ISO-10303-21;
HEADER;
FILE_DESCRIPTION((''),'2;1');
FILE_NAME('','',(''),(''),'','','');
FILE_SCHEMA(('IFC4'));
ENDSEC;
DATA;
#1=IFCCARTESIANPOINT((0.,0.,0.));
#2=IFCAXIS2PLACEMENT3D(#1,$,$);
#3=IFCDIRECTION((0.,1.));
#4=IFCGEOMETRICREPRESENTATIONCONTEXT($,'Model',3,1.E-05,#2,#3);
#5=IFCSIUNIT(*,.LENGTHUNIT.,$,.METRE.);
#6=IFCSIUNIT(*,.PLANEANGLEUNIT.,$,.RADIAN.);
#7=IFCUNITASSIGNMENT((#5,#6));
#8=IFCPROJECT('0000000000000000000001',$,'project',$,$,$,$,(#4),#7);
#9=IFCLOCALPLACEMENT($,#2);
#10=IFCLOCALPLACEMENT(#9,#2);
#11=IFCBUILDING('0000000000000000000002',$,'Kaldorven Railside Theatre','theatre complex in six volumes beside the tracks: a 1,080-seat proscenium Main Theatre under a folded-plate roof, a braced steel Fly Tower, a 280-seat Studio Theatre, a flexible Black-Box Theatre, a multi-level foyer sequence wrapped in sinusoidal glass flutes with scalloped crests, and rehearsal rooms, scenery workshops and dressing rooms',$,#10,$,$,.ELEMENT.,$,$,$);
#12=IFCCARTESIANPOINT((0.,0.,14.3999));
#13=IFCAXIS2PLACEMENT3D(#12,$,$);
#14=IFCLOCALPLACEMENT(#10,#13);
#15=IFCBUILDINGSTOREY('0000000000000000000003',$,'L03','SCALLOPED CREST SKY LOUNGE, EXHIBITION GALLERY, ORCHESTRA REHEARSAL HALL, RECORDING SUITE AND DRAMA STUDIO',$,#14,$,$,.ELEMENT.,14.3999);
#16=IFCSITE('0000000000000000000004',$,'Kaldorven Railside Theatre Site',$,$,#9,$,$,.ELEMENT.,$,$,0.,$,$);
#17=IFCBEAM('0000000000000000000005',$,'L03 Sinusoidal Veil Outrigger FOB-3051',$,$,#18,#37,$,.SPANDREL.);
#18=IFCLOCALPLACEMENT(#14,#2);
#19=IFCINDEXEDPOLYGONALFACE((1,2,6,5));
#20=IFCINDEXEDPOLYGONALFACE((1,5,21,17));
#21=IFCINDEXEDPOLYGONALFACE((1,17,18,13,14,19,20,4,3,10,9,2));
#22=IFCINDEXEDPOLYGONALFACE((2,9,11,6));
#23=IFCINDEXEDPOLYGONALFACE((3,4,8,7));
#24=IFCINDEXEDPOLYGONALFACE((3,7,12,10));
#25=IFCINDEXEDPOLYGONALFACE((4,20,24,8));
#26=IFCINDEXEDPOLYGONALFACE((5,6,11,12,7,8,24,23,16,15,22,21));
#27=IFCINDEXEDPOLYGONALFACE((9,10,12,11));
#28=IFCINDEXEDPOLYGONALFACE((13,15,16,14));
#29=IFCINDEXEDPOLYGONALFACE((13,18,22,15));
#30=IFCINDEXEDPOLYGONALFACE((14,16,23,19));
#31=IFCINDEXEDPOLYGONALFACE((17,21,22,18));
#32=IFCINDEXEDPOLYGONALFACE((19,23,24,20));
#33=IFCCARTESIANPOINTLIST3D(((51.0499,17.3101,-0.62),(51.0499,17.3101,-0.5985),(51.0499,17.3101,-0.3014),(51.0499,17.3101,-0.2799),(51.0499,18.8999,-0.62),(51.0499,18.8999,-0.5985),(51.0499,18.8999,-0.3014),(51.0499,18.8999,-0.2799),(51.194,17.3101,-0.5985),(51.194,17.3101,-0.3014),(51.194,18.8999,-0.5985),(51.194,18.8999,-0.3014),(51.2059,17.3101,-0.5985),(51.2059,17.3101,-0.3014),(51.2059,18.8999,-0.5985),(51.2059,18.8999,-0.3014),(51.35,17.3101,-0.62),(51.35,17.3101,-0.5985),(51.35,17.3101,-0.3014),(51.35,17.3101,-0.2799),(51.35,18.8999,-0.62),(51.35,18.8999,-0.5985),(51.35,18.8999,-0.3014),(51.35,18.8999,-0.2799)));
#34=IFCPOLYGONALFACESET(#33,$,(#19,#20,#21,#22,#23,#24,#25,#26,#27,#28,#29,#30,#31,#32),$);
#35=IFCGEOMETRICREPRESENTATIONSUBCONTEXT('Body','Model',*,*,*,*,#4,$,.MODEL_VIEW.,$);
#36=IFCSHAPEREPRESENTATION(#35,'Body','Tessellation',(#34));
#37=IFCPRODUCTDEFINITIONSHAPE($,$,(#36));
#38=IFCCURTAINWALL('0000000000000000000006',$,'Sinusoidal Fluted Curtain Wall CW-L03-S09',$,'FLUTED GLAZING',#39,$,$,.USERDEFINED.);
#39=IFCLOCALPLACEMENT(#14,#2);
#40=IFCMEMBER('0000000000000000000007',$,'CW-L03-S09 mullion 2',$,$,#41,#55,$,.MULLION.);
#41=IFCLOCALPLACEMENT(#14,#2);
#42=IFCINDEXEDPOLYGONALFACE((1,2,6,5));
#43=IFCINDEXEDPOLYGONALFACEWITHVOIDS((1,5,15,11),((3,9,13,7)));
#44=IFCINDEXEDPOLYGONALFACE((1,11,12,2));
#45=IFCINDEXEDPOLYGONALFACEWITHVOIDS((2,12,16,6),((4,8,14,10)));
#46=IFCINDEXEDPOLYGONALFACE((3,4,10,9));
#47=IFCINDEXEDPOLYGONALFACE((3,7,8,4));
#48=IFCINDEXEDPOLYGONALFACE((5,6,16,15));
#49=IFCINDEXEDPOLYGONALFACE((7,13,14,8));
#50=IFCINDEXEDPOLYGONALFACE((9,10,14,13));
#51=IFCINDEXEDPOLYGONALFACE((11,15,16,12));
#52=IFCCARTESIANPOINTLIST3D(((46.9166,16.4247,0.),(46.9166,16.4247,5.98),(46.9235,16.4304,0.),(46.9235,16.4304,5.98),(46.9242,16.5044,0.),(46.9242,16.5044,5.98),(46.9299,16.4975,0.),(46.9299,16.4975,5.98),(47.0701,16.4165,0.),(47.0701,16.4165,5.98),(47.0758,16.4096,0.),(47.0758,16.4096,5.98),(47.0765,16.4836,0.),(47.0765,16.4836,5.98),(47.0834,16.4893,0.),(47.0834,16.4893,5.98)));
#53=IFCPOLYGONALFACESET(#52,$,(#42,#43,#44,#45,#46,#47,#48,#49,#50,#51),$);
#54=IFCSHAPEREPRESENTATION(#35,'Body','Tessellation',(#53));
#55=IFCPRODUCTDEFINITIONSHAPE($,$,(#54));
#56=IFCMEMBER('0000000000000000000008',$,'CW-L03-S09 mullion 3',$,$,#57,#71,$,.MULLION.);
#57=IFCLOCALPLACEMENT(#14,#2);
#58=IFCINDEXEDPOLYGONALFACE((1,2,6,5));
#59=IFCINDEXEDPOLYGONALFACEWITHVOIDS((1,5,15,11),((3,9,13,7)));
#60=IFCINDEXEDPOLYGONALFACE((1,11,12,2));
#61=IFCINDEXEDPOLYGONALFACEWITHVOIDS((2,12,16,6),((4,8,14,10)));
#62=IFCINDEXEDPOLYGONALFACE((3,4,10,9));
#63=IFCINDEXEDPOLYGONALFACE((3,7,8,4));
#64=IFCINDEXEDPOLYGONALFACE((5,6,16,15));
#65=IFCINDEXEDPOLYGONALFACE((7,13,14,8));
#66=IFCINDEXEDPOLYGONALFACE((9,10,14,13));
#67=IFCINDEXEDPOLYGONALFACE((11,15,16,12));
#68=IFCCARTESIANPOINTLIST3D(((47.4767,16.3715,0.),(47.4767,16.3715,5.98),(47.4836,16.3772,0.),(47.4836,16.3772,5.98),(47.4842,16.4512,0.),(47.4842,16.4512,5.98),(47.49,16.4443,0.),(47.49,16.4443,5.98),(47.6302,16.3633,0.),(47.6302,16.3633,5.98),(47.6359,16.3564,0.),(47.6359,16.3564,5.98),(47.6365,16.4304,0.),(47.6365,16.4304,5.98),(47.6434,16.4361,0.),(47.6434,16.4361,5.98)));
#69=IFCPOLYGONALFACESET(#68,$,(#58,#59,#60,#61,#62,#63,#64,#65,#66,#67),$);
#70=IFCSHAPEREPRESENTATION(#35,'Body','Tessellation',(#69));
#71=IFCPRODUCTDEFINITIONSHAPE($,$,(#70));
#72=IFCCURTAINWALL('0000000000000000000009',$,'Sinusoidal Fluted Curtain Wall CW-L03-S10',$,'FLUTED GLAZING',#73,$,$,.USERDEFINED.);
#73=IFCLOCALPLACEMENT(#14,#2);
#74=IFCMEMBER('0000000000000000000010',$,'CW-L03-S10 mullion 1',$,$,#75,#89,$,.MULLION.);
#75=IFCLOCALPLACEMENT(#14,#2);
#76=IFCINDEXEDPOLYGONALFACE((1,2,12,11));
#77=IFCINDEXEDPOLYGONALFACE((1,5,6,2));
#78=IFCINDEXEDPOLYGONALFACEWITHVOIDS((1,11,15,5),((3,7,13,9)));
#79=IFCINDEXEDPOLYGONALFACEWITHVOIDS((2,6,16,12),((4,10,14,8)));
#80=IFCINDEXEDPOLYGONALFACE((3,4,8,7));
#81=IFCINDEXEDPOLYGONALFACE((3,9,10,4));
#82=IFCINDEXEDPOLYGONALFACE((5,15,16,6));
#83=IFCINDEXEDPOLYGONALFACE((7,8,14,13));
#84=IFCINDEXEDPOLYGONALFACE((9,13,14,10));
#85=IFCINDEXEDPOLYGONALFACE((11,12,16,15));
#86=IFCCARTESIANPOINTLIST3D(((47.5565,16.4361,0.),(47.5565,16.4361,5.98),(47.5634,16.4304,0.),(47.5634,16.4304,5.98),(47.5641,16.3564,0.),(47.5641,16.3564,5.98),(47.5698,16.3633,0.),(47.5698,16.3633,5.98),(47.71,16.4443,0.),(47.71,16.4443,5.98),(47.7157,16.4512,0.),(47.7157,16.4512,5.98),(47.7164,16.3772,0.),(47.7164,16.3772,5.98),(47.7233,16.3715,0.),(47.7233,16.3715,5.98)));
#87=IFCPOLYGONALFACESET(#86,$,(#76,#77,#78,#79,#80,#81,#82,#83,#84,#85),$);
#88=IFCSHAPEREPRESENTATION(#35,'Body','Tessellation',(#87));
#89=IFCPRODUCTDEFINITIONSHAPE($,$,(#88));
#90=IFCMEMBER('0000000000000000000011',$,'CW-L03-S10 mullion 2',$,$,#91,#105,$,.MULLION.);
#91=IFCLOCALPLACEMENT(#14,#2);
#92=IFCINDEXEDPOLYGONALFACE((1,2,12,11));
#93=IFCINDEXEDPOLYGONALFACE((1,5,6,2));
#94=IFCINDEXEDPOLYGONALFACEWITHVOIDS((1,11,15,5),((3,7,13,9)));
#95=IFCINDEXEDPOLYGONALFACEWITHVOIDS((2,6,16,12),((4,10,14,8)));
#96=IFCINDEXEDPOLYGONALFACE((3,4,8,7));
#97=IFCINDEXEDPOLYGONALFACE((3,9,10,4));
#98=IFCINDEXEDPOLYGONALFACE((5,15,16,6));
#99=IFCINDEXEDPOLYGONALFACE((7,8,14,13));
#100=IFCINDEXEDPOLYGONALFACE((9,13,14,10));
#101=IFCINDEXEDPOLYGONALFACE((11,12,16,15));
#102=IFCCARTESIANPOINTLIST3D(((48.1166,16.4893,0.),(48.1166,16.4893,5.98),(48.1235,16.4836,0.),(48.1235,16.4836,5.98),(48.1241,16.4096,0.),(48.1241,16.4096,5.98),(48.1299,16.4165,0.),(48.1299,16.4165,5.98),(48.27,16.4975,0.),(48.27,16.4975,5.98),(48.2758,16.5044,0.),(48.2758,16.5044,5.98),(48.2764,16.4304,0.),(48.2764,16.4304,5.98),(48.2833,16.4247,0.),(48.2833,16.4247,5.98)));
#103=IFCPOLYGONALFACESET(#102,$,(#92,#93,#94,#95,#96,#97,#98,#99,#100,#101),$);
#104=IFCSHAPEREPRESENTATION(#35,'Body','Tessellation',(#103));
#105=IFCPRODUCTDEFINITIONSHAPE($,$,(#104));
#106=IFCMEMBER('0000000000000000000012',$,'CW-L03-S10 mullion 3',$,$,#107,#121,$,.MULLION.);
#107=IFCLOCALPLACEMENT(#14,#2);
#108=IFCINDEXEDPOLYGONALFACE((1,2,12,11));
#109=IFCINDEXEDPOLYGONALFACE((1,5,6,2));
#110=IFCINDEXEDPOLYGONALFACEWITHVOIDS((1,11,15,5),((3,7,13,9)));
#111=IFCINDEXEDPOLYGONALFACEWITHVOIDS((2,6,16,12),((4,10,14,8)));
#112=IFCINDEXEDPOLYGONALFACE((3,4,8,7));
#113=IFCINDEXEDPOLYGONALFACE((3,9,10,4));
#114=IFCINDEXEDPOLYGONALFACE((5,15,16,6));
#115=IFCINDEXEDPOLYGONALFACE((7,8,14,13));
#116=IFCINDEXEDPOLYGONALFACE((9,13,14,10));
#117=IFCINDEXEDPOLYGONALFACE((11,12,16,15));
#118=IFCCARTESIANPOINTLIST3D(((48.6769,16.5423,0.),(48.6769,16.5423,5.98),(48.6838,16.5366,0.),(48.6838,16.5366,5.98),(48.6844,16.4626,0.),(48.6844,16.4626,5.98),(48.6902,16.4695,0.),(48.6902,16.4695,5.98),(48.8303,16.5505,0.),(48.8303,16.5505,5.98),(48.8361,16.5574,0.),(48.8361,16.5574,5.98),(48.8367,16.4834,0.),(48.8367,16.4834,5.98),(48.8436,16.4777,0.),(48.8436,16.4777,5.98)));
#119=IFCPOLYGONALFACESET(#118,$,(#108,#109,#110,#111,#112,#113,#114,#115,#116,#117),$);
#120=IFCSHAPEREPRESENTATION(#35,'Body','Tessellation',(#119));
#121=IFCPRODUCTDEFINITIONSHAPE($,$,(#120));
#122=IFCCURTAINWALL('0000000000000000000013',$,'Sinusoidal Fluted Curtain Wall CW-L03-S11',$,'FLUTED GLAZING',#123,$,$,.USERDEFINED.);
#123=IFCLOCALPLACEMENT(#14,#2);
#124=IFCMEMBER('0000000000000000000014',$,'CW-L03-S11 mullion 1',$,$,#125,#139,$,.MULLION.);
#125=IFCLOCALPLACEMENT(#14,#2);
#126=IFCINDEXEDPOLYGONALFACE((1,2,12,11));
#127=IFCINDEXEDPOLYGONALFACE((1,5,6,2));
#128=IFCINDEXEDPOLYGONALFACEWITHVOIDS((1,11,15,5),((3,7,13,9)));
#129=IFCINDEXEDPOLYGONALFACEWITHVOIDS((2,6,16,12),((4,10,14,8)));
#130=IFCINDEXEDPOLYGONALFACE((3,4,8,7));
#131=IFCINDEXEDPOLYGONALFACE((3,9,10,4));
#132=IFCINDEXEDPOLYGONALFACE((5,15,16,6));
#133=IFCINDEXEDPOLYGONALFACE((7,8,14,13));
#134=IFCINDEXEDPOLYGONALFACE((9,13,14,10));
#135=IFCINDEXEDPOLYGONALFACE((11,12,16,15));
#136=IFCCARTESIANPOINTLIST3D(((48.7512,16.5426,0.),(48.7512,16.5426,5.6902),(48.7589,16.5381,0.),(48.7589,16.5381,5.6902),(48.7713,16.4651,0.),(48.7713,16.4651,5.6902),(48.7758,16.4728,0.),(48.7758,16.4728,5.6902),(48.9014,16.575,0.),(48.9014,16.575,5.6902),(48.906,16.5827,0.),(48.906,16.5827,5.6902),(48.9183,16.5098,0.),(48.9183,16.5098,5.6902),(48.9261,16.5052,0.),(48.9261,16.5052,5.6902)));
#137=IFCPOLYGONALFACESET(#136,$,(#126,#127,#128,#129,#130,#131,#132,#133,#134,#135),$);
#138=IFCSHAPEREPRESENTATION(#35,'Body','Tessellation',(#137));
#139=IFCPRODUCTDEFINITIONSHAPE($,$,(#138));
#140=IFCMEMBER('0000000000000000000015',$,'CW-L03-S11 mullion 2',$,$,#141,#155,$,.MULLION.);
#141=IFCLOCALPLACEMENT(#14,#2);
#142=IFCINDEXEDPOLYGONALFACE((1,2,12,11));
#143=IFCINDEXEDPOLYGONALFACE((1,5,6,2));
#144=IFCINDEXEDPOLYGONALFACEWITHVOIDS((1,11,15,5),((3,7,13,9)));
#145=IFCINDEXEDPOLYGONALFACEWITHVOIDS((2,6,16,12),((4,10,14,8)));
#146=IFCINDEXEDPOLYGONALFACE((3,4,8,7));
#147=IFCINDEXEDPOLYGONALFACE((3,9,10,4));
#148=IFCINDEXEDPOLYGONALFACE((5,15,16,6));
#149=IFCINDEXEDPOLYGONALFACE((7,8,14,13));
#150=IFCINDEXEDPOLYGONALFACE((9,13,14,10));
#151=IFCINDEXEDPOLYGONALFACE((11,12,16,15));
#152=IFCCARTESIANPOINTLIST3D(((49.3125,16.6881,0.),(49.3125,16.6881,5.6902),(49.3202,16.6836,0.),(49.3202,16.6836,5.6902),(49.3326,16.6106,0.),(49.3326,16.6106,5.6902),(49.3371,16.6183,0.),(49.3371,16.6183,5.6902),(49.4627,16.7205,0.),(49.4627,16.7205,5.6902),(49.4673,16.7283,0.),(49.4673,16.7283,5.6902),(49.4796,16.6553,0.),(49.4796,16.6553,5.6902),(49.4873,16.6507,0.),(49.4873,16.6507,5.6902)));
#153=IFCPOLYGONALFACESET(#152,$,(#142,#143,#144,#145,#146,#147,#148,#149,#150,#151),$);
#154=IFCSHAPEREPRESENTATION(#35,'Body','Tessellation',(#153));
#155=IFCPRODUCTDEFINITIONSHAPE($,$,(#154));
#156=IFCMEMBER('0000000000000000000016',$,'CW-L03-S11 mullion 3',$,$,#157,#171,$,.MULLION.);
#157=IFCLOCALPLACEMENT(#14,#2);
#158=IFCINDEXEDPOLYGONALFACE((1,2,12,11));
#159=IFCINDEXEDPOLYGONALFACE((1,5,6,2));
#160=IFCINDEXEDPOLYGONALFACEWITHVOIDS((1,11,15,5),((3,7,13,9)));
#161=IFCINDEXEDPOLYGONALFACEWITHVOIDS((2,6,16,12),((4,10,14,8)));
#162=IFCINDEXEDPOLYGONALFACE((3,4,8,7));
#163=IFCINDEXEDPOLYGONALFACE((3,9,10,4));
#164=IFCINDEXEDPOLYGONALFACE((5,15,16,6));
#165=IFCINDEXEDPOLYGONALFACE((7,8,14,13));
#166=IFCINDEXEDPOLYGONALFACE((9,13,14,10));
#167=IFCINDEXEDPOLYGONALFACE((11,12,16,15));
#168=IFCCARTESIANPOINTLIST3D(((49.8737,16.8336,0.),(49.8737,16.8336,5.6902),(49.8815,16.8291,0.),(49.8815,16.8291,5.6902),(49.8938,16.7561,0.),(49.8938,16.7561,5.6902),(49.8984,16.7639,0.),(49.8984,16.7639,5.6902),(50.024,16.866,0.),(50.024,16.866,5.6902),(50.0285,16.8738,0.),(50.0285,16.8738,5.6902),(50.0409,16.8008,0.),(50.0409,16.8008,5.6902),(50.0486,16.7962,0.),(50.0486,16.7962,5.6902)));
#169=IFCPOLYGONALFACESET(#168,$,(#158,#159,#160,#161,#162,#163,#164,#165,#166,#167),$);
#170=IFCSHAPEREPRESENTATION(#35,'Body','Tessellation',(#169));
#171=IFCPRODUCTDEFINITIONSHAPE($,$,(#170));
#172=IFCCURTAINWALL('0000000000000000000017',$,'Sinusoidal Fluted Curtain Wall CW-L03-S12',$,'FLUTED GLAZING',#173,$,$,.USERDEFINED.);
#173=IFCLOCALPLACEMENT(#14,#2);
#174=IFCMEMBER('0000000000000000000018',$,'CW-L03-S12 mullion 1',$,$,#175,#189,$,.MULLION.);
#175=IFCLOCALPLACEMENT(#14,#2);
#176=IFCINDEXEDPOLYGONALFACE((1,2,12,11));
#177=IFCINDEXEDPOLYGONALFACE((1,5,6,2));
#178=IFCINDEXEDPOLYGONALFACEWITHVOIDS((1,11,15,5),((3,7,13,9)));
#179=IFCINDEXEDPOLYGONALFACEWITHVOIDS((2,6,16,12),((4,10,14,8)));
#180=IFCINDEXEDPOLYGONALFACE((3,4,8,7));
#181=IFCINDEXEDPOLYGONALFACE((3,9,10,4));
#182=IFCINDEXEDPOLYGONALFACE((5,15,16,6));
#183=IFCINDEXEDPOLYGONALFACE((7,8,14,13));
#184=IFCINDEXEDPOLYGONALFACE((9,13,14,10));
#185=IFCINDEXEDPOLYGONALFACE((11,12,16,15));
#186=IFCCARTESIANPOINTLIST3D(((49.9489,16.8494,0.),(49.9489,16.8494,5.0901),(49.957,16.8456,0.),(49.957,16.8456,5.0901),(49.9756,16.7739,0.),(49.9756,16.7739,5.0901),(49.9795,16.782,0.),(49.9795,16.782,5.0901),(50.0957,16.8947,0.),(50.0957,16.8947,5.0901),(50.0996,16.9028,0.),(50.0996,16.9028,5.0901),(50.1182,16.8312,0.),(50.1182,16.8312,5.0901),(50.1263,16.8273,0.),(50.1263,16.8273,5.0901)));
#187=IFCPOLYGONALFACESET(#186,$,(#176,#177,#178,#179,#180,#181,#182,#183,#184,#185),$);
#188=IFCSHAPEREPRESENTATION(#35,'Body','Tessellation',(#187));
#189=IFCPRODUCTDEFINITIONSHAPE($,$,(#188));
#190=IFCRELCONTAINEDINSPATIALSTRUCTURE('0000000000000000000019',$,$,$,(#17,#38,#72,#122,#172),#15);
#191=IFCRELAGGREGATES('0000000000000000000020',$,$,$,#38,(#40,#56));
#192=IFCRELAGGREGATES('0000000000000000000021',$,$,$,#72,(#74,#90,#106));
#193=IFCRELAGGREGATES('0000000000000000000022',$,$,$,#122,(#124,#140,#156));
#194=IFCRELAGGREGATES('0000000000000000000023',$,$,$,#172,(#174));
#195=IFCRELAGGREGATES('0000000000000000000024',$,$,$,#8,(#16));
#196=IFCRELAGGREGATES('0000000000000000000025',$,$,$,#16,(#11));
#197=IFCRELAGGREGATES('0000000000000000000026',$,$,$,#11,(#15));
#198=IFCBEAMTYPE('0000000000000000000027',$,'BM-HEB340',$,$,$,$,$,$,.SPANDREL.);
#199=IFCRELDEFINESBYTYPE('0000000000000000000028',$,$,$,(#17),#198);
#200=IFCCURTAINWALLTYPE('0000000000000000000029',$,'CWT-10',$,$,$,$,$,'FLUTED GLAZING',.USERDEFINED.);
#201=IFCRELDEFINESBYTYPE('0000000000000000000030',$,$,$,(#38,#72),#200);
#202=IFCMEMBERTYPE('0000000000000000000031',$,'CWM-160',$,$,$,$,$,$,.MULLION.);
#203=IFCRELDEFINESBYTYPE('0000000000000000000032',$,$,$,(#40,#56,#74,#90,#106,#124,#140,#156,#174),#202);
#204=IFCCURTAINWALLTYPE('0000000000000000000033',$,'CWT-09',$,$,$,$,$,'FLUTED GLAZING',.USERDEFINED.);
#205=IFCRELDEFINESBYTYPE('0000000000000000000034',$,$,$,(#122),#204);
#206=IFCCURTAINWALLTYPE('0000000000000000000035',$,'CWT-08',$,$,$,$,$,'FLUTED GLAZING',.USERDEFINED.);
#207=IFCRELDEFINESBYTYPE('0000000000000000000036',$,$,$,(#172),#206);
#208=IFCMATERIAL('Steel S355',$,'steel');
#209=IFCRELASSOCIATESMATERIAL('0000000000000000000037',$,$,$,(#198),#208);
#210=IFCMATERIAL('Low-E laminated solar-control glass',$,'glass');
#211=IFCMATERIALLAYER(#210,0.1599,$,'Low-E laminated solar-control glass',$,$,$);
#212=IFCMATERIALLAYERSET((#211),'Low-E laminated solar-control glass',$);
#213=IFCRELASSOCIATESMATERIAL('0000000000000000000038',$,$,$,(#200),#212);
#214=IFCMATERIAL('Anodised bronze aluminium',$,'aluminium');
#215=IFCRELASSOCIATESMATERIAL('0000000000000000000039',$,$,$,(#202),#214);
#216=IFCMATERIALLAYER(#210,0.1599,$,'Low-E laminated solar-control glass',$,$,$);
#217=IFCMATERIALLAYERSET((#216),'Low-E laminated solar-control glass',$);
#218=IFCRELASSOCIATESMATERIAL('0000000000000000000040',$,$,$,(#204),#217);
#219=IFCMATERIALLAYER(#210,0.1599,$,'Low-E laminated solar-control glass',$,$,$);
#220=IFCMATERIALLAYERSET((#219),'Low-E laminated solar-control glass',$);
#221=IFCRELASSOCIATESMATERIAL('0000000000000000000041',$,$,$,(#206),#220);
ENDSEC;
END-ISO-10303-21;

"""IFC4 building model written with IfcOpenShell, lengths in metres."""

from ifc_helpers import new_model, si_unit, direction, frame, origin, origin_2d, place, context, subcontext, project, spatial, hollow_rectangle, i_section, extrude, material, layer, layer_set, material_profile, profile_set, type_object, element, aggregate, save


model = new_model("IFC4")

# Units and contexts
model_context = context("Model", 3, precision=1e-05, world=origin(), true_north=direction((0.0, 1.0)))
body_context = subcontext(model_context, "Body", "Model", "MODEL_VIEW")
ifc_project = project(units=[si_unit("LENGTHUNIT", "METRE"), si_unit("PLANEANGLEUNIT", "RADIAN")], contexts=[model_context])

# Site, building, storey
site_placement = place(None, origin())
site = spatial("IfcSite", under=ifc_project, at=site_placement, Name="Kaldorven Railside Theatre Site", CompositionType="ELEMENT", RefElevation=0.0)
building_placement = place(site_placement, origin())
building = spatial("IfcBuilding", under=site, at=building_placement, Name="Kaldorven Railside Theatre", Description="theatre complex in six volumes beside the tracks: a 1,080-seat proscenium Main Theatre under a folded-plate roof, a braced steel Fly Tower, a 280-seat Studio Theatre, a flexible Black-Box Theatre, a multi-level foyer sequence wrapped in sinusoidal glass flutes with scalloped crests, and rehearsal rooms, scenery workshops and dressing rooms", CompositionType="ELEMENT")
storey_placement = place(building_placement, frame((0.0, 0.0, 14.3999)))
storey = spatial("IfcBuildingStorey", under=building, at=storey_placement, Name="L03", Description="SCALLOPED CREST SKY LOUNGE, EXHIBITION GALLERY, ORCHESTRA REHEARSAL HALL, RECORDING SUITE AND DRAMA STUDIO", CompositionType="ELEMENT", Elevation=14.3999)

# Beam
ifc_material_1 = material(Name="Steel S355", Category="steel")
ifc_material_profile_1 = material_profile(ifc_material_1, i_section(OverallWidth=0.3, OverallDepth=0.3401, WebThickness=0.012, FlangeThickness=0.0215, at=origin_2d()), Name="HEB 340")
ifc_profile_set_1 = profile_set([ifc_material_profile_1], Name="Steel S355")
beam_type_1 = type_object("IfcBeamType", Name="BM-HEB340", PredefinedType="SPANDREL", material=ifc_profile_set_1)
beam_1_placement = place(storey_placement, frame((51.2, 17.3101, -0.45), z_axis=(0.0, 1.0, 0.0), x_axis=(-1.0, 0.0, 0.0)))
element("IfcBeam", 1, at=beam_1_placement, inside=storey, type_object=beam_type_1, Name="L03 Sinusoidal Veil Outrigger FOB-3051", PredefinedType="SPANDREL", context=body_context, shape_type="SweptSolid", body=[
    extrude(i_section(OverallWidth=0.3, OverallDepth=0.3401, WebThickness=0.012, FlangeThickness=0.0215, at=origin_2d()), origin(), (0.0, 0.0, 1.0), 1.5898),
])

# Curtain walls, members
ifc_material_2 = material(Name="Low-E laminated solar-control glass", Category="glass")
ifc_layer_1 = layer(ifc_material_2, 0.1599, Name="Low-E laminated solar-control glass")
ifc_layer_set_1 = layer_set([ifc_layer_1], Name="Low-E laminated solar-control glass")
curtain_wall_type_1 = type_object("IfcCurtainWallType", Name="CWT-10", ElementType="FLUTED GLAZING", PredefinedType="USERDEFINED", material=ifc_layer_set_1)
curtain_wall_1_placement = place(storey_placement, origin())
curtain_wall_1 = element("IfcCurtainWall", 2, at=curtain_wall_1_placement, inside=storey, type_object=curtain_wall_type_1, Name="Sinusoidal Fluted Curtain Wall CW-L03-S09", ObjectType="FLUTED GLAZING", PredefinedType="USERDEFINED")
ifc_material_3 = material(Name="Anodised bronze aluminium", Category="aluminium")
ifc_material_profile_2 = material_profile(ifc_material_3, hollow_rectangle(XDim=0.0801, YDim=0.1599, WallThickness=0.0063, at=origin_2d()), Name="RHS 160x80x6.3")
ifc_profile_set_2 = profile_set([ifc_material_profile_2], Name="Anodised bronze aluminium")
member_type_1 = type_object("IfcMemberType", Name="CWM-160", PredefinedType="MULLION", material=ifc_profile_set_2)
member_1_placement = place(storey_placement, frame((47.0, 16.457, 0.0), z_axis=(0.0, 0.0, 1.0), x_axis=(0.094492, 0.995526, 0.0)))
member_1 = element("IfcMember", 3, at=member_1_placement, type_object=member_type_1, Name="CW-L03-S09 mullion 2", PredefinedType="MULLION", context=body_context, shape_type="SweptSolid", body=[
    extrude(hollow_rectangle(XDim=0.0801, YDim=0.1599, WallThickness=0.0063, at=origin_2d()), origin(), (0.0, 0.0, 1.0), 5.98),
])
member_2_placement = place(storey_placement, frame((47.5601, 16.4038, 0.0), z_axis=(0.0, 0.0, 1.0), x_axis=(0.094492, 0.995526, 0.0)))
member_2 = element("IfcMember", 4, at=member_2_placement, type_object=member_type_1, Name="CW-L03-S09 mullion 3", PredefinedType="MULLION", context=body_context, shape_type="SweptSolid", body=[
    extrude(hollow_rectangle(XDim=0.0801, YDim=0.1599, WallThickness=0.0063, at=origin_2d()), origin(), (0.0, 0.0, 1.0), 5.98),
])
curtain_wall_2_placement = place(storey_placement, origin())
curtain_wall_2 = element("IfcCurtainWall", 5, at=curtain_wall_2_placement, inside=storey, type_object=curtain_wall_type_1, Name="Sinusoidal Fluted Curtain Wall CW-L03-S10", ObjectType="FLUTED GLAZING", PredefinedType="USERDEFINED")
member_3_placement = place(storey_placement, frame((47.6399, 16.4038, 0.0), z_axis=(0.0, 0.0, 1.0), x_axis=(-0.094492, 0.995526, 0.0)))
member_3 = element("IfcMember", 6, at=member_3_placement, type_object=member_type_1, Name="CW-L03-S10 mullion 1", PredefinedType="MULLION", context=body_context, shape_type="SweptSolid", body=[
    extrude(hollow_rectangle(XDim=0.0801, YDim=0.1599, WallThickness=0.0063, at=origin_2d()), origin(), (0.0, 0.0, 1.0), 5.98),
])
member_4_placement = place(storey_placement, frame((48.2, 16.457, 0.0), z_axis=(0.0, 0.0, 1.0), x_axis=(-0.094492, 0.995526, 0.0)))
member_4 = element("IfcMember", 7, at=member_4_placement, type_object=member_type_1, Name="CW-L03-S10 mullion 2", PredefinedType="MULLION", context=body_context, shape_type="SweptSolid", body=[
    extrude(hollow_rectangle(XDim=0.0801, YDim=0.1599, WallThickness=0.0063, at=origin_2d()), origin(), (0.0, 0.0, 1.0), 5.98),
])
member_5_placement = place(storey_placement, frame((48.7603, 16.51, 0.0), z_axis=(0.0, 0.0, 1.0), x_axis=(-0.094492, 0.995526, 0.0)))
member_5 = element("IfcMember", 8, at=member_5_placement, type_object=member_type_1, Name="CW-L03-S10 mullion 3", PredefinedType="MULLION", context=body_context, shape_type="SweptSolid", body=[
    extrude(hollow_rectangle(XDim=0.0801, YDim=0.1599, WallThickness=0.0063, at=origin_2d()), origin(), (0.0, 0.0, 1.0), 5.98),
])
ifc_layer_2 = layer(ifc_material_2, 0.1599, Name="Low-E laminated solar-control glass")
ifc_layer_set_2 = layer_set([ifc_layer_2], Name="Low-E laminated solar-control glass")
curtain_wall_type_2 = type_object("IfcCurtainWallType", Name="CWT-09", ElementType="FLUTED GLAZING", PredefinedType="USERDEFINED", material=ifc_layer_set_2)
curtain_wall_3_placement = place(storey_placement, origin())
curtain_wall_3 = element("IfcCurtainWall", 9, at=curtain_wall_3_placement, inside=storey, type_object=curtain_wall_type_2, Name="Sinusoidal Fluted Curtain Wall CW-L03-S11", ObjectType="FLUTED GLAZING", PredefinedType="USERDEFINED")
member_6_placement = place(storey_placement, frame((48.8386, 16.5239, 0.0), z_axis=(0.0, 0.0, 1.0), x_axis=(-0.250954, 0.967999, 0.0)))
member_6 = element("IfcMember", 10, at=member_6_placement, type_object=member_type_1, Name="CW-L03-S11 mullion 1", PredefinedType="MULLION", context=body_context, shape_type="SweptSolid", body=[
    extrude(hollow_rectangle(XDim=0.0801, YDim=0.1599, WallThickness=0.0063, at=origin_2d()), origin(), (0.0, 0.0, 1.0), 5.6902),
])
member_7_placement = place(storey_placement, frame((49.3999, 16.6694, 0.0), z_axis=(0.0, 0.0, 1.0), x_axis=(-0.250954, 0.967999, 0.0)))
member_7 = element("IfcMember", 11, at=member_7_placement, type_object=member_type_1, Name="CW-L03-S11 mullion 2", PredefinedType="MULLION", context=body_context, shape_type="SweptSolid", body=[
    extrude(hollow_rectangle(XDim=0.0801, YDim=0.1599, WallThickness=0.0063, at=origin_2d()), origin(), (0.0, 0.0, 1.0), 5.6902),
])
member_8_placement = place(storey_placement, frame((49.9612, 16.8149, 0.0), z_axis=(0.0, 0.0, 1.0), x_axis=(-0.250954, 0.967999, 0.0)))
member_8 = element("IfcMember", 12, at=member_8_placement, type_object=member_type_1, Name="CW-L03-S11 mullion 3", PredefinedType="MULLION", context=body_context, shape_type="SweptSolid", body=[
    extrude(hollow_rectangle(XDim=0.0801, YDim=0.1599, WallThickness=0.0063, at=origin_2d()), origin(), (0.0, 0.0, 1.0), 5.6902),
])
ifc_layer_3 = layer(ifc_material_2, 0.1599, Name="Low-E laminated solar-control glass")
ifc_layer_set_3 = layer_set([ifc_layer_3], Name="Low-E laminated solar-control glass")
curtain_wall_type_3 = type_object("IfcCurtainWallType", Name="CWT-08", ElementType="FLUTED GLAZING", PredefinedType="USERDEFINED", material=ifc_layer_set_3)
curtain_wall_4_placement = place(storey_placement, origin())
curtain_wall_4 = element("IfcCurtainWall", 13, at=curtain_wall_4_placement, inside=storey, type_object=curtain_wall_type_3, Name="Sinusoidal Fluted Curtain Wall CW-L03-S12", ObjectType="FLUTED GLAZING", PredefinedType="USERDEFINED")
member_9_placement = place(storey_placement, frame((50.0376, 16.8384, 0.0), z_axis=(0.0, 0.0, 1.0), x_axis=(-0.333847, 0.942627, 0.0)))
member_9 = element("IfcMember", 14, at=member_9_placement, type_object=member_type_1, Name="CW-L03-S12 mullion 1", PredefinedType="MULLION", context=body_context, shape_type="SweptSolid", body=[
    extrude(hollow_rectangle(XDim=0.0801, YDim=0.1599, WallThickness=0.0063, at=origin_2d()), origin(), (0.0, 0.0, 1.0), 5.0901),
])

aggregate(curtain_wall_1, [member_1, member_2])
aggregate(curtain_wall_2, [member_3, member_4, member_5])
aggregate(curtain_wall_3, [member_6, member_7, member_8])
aggregate(curtain_wall_4, [member_9])

save(model, "model.ifc")
